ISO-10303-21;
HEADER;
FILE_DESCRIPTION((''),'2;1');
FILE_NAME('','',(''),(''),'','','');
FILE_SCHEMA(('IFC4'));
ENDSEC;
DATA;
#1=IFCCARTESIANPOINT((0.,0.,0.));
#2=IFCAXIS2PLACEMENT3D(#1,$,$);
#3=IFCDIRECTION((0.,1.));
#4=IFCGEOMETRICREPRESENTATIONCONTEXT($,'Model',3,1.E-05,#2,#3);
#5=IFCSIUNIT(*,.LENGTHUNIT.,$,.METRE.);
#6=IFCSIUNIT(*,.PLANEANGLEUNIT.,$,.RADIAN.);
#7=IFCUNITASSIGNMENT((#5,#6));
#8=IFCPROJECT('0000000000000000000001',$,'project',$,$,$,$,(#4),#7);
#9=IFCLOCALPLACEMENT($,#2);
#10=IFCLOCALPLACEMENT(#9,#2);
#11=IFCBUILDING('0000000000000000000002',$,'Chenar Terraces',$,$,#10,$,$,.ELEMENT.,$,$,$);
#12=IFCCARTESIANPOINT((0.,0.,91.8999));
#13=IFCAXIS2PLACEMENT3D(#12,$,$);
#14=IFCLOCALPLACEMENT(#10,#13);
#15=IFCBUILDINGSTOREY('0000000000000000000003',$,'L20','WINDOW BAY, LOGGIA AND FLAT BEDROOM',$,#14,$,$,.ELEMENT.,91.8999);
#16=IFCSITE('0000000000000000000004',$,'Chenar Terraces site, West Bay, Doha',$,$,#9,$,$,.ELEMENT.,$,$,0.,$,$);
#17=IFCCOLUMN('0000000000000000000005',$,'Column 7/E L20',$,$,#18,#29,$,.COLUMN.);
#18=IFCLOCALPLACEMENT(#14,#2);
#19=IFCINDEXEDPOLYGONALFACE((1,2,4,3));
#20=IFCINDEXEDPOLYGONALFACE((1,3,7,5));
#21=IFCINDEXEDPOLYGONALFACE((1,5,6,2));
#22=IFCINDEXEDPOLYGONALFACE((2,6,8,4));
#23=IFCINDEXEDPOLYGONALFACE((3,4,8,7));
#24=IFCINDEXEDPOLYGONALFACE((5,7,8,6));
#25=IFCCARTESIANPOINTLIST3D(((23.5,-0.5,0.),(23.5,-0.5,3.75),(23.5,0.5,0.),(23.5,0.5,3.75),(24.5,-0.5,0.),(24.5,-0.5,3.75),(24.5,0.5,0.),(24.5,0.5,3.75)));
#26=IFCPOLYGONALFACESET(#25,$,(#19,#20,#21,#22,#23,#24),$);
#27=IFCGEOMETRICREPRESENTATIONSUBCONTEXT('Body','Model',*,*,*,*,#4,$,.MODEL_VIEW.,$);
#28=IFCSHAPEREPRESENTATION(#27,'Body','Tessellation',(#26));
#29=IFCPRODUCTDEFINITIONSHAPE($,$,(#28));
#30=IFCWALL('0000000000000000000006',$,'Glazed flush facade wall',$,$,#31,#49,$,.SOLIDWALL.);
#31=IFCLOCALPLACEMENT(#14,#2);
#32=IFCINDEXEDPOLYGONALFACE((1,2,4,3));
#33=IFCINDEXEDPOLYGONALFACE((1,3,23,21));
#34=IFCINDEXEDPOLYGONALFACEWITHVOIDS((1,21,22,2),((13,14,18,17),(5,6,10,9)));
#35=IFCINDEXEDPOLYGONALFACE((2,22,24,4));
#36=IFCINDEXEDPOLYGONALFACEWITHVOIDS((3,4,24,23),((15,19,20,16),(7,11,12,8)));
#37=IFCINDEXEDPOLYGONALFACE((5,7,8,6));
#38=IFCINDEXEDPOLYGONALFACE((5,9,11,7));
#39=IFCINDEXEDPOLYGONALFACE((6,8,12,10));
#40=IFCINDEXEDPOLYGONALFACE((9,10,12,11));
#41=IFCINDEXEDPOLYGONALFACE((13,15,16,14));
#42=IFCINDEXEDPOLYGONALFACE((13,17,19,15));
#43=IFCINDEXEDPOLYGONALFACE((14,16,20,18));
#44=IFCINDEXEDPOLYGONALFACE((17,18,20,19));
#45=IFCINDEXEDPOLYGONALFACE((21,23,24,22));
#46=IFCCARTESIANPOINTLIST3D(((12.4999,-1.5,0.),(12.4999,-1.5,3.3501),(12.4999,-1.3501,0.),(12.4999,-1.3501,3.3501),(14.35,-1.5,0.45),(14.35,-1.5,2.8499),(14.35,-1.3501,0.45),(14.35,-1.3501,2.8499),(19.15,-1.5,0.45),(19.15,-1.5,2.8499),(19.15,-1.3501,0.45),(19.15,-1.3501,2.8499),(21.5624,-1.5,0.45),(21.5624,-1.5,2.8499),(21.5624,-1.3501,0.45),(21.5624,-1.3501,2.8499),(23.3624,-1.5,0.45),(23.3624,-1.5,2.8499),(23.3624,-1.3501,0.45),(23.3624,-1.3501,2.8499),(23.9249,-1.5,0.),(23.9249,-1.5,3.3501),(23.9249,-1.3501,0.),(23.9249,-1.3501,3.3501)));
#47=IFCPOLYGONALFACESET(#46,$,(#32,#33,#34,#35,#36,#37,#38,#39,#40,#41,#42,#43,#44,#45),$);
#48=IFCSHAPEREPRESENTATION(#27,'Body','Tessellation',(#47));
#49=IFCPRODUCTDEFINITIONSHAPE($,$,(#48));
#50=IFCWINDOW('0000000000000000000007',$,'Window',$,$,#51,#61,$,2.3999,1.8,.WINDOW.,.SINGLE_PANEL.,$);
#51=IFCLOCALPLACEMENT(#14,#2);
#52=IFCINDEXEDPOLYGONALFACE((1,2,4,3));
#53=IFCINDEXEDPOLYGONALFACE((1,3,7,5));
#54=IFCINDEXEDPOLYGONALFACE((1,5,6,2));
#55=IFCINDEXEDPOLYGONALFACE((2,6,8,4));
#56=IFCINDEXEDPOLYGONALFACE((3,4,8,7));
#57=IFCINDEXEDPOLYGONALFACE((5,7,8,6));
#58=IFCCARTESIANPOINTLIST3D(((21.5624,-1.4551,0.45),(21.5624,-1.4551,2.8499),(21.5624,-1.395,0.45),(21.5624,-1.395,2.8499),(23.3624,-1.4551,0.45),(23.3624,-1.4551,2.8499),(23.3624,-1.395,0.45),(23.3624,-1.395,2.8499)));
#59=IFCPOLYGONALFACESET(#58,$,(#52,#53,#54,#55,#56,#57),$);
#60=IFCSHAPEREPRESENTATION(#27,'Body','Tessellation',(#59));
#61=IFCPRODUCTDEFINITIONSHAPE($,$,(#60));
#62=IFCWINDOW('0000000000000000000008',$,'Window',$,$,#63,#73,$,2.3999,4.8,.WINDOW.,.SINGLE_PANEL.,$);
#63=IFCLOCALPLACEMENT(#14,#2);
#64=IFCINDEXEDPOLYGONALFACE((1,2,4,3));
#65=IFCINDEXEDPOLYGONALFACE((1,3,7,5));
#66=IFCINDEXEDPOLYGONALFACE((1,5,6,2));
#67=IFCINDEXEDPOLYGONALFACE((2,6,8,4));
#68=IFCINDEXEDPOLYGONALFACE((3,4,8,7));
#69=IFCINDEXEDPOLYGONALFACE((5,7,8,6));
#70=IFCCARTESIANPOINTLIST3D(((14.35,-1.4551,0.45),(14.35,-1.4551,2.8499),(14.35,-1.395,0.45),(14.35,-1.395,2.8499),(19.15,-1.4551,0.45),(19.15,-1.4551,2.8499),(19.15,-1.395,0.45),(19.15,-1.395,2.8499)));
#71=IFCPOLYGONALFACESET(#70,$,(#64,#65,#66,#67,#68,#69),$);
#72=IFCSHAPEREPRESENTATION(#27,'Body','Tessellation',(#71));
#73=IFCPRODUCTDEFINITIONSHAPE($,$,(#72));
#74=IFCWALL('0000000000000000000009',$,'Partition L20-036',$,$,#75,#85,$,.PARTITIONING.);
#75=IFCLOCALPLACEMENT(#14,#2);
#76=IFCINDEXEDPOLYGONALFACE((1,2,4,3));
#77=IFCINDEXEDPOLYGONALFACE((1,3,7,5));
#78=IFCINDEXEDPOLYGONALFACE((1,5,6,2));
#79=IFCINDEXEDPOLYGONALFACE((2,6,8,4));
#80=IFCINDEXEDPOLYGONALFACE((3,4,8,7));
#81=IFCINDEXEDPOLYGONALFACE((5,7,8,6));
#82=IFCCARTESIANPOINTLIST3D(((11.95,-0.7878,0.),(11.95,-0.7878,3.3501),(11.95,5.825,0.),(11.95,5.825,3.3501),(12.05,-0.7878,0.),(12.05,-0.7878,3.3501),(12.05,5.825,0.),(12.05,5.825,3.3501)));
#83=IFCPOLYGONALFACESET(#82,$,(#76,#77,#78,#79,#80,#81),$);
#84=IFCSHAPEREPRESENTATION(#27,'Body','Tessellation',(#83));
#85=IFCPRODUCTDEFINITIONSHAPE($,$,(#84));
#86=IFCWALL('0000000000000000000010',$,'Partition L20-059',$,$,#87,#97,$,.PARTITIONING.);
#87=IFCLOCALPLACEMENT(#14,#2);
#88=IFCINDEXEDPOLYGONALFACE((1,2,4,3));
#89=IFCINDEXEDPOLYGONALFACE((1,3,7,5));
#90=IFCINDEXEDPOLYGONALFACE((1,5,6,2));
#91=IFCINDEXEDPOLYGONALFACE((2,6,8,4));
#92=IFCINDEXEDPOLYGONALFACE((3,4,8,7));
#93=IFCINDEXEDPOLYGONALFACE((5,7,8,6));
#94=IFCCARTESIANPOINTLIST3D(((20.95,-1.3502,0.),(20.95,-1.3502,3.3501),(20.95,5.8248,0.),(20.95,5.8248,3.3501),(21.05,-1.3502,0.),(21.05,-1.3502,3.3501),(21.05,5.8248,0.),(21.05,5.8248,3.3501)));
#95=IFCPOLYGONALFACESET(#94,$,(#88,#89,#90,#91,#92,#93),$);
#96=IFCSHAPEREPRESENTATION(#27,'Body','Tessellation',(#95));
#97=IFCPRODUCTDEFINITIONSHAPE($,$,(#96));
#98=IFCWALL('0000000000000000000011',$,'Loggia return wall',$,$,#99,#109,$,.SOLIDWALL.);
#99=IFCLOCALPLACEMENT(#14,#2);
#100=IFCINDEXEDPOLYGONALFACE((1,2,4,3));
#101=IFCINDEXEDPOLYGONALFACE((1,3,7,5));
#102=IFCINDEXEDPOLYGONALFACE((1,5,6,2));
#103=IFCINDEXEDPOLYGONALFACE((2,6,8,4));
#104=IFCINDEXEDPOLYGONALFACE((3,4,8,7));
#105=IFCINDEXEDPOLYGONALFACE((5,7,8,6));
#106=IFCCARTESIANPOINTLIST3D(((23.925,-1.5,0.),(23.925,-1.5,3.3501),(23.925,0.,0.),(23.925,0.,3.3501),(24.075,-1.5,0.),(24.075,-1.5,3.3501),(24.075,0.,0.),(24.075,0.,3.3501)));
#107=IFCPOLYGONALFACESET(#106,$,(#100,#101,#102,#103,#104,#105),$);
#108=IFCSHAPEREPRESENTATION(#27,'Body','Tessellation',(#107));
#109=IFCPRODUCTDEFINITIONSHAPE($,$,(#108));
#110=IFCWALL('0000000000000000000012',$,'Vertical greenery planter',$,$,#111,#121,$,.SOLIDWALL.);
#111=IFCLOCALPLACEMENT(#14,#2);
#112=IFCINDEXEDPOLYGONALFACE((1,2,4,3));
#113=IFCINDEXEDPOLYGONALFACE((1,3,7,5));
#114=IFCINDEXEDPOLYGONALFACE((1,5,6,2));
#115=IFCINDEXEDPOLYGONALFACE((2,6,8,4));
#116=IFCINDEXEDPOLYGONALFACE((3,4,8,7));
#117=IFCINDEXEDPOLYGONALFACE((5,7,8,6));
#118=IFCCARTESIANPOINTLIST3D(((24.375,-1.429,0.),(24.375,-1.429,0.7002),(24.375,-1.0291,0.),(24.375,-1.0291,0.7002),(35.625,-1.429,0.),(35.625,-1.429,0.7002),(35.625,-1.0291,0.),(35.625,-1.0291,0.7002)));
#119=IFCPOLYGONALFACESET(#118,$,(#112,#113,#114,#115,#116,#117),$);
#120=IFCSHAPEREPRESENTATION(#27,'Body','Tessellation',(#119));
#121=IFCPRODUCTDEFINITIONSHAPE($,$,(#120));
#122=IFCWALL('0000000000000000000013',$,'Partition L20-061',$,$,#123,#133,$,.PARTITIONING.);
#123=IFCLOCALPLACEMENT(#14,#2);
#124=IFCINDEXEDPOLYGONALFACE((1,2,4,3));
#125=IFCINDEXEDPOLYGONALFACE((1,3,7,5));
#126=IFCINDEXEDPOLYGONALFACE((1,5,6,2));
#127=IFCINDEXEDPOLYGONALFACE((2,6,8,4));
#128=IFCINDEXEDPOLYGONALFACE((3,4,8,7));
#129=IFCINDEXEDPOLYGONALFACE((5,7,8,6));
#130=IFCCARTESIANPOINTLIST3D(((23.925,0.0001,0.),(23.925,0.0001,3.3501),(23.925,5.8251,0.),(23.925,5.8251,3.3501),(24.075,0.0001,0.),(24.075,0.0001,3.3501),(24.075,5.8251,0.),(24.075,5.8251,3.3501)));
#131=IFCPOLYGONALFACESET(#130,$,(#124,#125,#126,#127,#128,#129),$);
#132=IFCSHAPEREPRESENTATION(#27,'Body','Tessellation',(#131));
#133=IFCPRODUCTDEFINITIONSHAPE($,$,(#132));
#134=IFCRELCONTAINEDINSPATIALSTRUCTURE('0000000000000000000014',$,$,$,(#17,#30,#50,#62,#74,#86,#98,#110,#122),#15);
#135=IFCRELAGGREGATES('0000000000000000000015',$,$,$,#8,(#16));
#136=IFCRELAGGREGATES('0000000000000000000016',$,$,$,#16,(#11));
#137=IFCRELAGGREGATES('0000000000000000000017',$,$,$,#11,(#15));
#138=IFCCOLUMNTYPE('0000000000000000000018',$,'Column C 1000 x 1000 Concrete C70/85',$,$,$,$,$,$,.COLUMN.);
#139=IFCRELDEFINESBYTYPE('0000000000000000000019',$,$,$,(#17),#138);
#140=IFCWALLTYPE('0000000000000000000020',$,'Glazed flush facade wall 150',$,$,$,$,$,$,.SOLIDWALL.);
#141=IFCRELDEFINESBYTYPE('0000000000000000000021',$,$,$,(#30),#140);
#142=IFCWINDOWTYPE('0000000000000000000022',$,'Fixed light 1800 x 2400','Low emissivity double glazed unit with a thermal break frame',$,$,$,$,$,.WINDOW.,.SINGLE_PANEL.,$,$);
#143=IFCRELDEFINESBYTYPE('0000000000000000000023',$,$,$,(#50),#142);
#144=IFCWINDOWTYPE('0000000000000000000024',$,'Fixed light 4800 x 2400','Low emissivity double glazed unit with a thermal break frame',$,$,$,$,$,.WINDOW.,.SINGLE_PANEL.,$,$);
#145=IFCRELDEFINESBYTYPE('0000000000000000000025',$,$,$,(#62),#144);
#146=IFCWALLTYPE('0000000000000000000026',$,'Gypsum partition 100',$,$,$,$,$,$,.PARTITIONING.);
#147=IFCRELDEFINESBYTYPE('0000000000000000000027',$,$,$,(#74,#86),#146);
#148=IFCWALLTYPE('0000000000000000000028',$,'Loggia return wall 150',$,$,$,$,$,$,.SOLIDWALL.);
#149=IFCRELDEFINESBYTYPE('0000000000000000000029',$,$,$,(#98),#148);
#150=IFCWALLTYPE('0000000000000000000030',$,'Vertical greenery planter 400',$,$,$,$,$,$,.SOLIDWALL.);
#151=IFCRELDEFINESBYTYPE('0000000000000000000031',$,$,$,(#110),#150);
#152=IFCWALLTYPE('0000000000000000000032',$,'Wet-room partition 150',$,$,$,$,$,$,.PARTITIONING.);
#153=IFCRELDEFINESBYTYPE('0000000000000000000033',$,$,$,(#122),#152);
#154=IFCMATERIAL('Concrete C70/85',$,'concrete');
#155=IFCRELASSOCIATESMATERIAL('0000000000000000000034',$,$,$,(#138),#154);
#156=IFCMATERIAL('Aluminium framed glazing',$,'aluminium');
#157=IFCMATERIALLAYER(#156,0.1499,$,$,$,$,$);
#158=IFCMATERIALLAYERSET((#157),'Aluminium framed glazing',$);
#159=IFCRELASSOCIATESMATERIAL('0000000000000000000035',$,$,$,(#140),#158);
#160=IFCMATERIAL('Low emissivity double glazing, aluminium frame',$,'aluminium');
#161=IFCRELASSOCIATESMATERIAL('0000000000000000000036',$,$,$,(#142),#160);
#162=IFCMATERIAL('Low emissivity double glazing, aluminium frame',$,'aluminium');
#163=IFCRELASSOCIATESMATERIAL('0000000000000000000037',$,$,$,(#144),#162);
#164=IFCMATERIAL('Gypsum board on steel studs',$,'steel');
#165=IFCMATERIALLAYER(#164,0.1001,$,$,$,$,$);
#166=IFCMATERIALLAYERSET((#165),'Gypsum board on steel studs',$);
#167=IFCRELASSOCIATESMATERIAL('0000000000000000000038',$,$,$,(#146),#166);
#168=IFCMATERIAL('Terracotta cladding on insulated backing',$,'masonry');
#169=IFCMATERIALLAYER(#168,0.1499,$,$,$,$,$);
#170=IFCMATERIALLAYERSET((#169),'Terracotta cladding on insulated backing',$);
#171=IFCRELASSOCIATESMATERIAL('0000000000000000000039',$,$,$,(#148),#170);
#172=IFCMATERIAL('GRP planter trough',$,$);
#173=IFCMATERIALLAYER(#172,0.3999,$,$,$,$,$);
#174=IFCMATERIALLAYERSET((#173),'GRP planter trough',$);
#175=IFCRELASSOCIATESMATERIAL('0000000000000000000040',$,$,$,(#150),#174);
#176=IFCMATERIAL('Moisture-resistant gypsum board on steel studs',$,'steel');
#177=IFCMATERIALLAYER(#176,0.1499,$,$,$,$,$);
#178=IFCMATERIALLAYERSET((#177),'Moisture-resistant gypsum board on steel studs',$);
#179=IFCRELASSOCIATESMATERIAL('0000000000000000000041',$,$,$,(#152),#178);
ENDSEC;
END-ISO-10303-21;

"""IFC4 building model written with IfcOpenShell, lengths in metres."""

from ifc_helpers import new_model, si_unit, direction, frame, frame_2d, origin, origin_2d, place, context, subcontext, project, spatial, rectangle, extrude, material, layer, layer_set, material_profile, profile_set, type_object, element, fill, save


model = new_model("IFC4")

# Units and contexts
model_context = context("Model", 3, precision=1e-05, world=origin(), true_north=direction((0.0, 1.0)))
body_context = subcontext(model_context, "Body", "Model", "MODEL_VIEW")
ifc_project = project(units=[si_unit("LENGTHUNIT", "METRE"), si_unit("PLANEANGLEUNIT", "RADIAN")], contexts=[model_context])

# Site, building, storey
site_placement = place(None, origin())
site = spatial("IfcSite", under=ifc_project, at=site_placement, Name="Chenar Terraces site, West Bay, Doha", CompositionType="ELEMENT", RefElevation=0.0)
building_placement = place(site_placement, origin())
building = spatial("IfcBuilding", under=site, at=building_placement, Name="Chenar Terraces", CompositionType="ELEMENT")
storey_placement = place(building_placement, frame((0.0, 0.0, 91.8999)))
storey = spatial("IfcBuildingStorey", under=building, at=storey_placement, Name="L20", Description="WINDOW BAY, LOGGIA AND FLAT BEDROOM", CompositionType="ELEMENT", Elevation=91.8999)

# Column
ifc_material_1 = material(Name="Concrete C70/85", Category="concrete")
ifc_material_profile_1 = material_profile(ifc_material_1, rectangle(XDim=1.0, YDim=1.0, at=origin_2d()), Name="C 1000 x 1000")
ifc_profile_set_1 = profile_set([ifc_material_profile_1], Name="Concrete C70/85")
column_type = type_object("IfcColumnType", Name="Column C 1000 x 1000 Concrete C70/85", PredefinedType="COLUMN", material=ifc_profile_set_1)
column_placement = place(storey_placement, frame((24.0, 0.0, 0.0), z_axis=(0.0, 0.0, 1.0), x_axis=(1.0, 0.0, 0.0)))
element("IfcColumn", 1, at=column_placement, inside=storey, type_object=column_type, Name="Column 7/E L20", PredefinedType="COLUMN", context=body_context, shape_type="SweptSolid", body=[
    extrude(rectangle(XDim=1.0, YDim=1.0, at=origin_2d()), origin(), (0.0, 0.0, 1.0), 3.75),
])

# Wall, openings, windows
ifc_material_2 = material(Name="Aluminium framed glazing", Category="aluminium")
ifc_layer_1 = layer(ifc_material_2, 0.1499)
ifc_layer_set_1 = layer_set([ifc_layer_1], Name="Aluminium framed glazing")
wall_type_1 = type_object("IfcWallType", Name="Glazed flush facade wall 150", PredefinedType="SOLIDWALL", material=ifc_layer_set_1)
wall_1_placement = place(storey_placement, frame((12.5, -1.425, 0.0), z_axis=(0.0, 0.0, 1.0), x_axis=(1.0, 0.0, 0.0)))
wall_1 = element("IfcWall", 2, at=wall_1_placement, inside=storey, type_object=wall_type_1, Name="Glazed flush facade wall", PredefinedType="SOLIDWALL", context=body_context, shape_type="SweptSolid", body=[
    extrude(rectangle(XDim=11.425, YDim=0.1499, at=frame_2d((5.7124, 0.0))), origin(), (0.0, 0.0, 1.0), 3.3501),
])
opening_1_placement = place(wall_1_placement, frame((1.8501, 0.0, 0.45)))
opening_1 = element("IfcOpeningElement", 3, at=opening_1_placement, cuts=wall_1, PredefinedType="OPENING", context=body_context, shape_type="SweptSolid", body=[
    extrude(rectangle(XDim=4.8, YDim=2.3999, at=frame_2d((2.3999, 1.2))), frame((0.0, 0.085, 0.0), z_axis=(0.0, -1.0, 0.0), x_axis=(1.0, 0.0, 0.0)), (0.0, 0.0, 1.0), 0.1699),
])
opening_2_placement = place(wall_1_placement, frame((9.0625, 0.0, 0.45)))
opening_2 = element("IfcOpeningElement", 4, at=opening_2_placement, cuts=wall_1, PredefinedType="OPENING", context=body_context, shape_type="SweptSolid", body=[
    extrude(rectangle(XDim=1.8, YDim=2.3999, at=frame_2d((0.8999, 1.2))), frame((0.0, 0.085, 0.0), z_axis=(0.0, -1.0, 0.0), x_axis=(1.0, 0.0, 0.0)), (0.0, 0.0, 1.0), 0.1699),
])
ifc_material_3 = material(Name="Low emissivity double glazing, aluminium frame", Category="aluminium")
window_type_1 = type_object("IfcWindowType", Name="Fixed light 1800 x 2400", Description="Low emissivity double glazed unit with a thermal break frame", PartitioningType="SINGLE_PANEL", PredefinedType="WINDOW", material=ifc_material_3)
window_1_placement = place(opening_2_placement, origin())
window_1 = element("IfcWindow", 5, at=window_1_placement, inside=storey, type_object=window_type_1, Name="Window", OverallHeight=2.3999, OverallWidth=1.8, PartitioningType="SINGLE_PANEL", PredefinedType="WINDOW", context=body_context, shape_type="SweptSolid", body=[
    extrude(rectangle(XDim=1.8, YDim=2.3999, at=frame_2d((0.8999, 1.2))), frame((0.0, 0.03, 0.0), z_axis=(0.0, -1.0, 0.0), x_axis=(1.0, 0.0, 0.0)), (0.0, 0.0, 1.0), 0.0601),
])
fill(opening_2, window_1)
ifc_material_4 = material(Name="Low emissivity double glazing, aluminium frame", Category="aluminium")
window_type_2 = type_object("IfcWindowType", Name="Fixed light 4800 x 2400", Description="Low emissivity double glazed unit with a thermal break frame", PartitioningType="SINGLE_PANEL", PredefinedType="WINDOW", material=ifc_material_4)
window_2_placement = place(opening_1_placement, origin())
window_2 = element("IfcWindow", 6, at=window_2_placement, inside=storey, type_object=window_type_2, Name="Window", OverallHeight=2.3999, OverallWidth=4.8, PartitioningType="SINGLE_PANEL", PredefinedType="WINDOW", context=body_context, shape_type="SweptSolid", body=[
    extrude(rectangle(XDim=4.8, YDim=2.3999, at=frame_2d((2.3999, 1.2))), frame((0.0, 0.03, 0.0), z_axis=(0.0, -1.0, 0.0), x_axis=(1.0, 0.0, 0.0)), (0.0, 0.0, 1.0), 0.0601),
])
fill(opening_1, window_2)

# Walls
ifc_material_5 = material(Name="Gypsum board on steel studs", Category="steel")
ifc_layer_2 = layer(ifc_material_5, 0.1001)
ifc_layer_set_2 = layer_set([ifc_layer_2], Name="Gypsum board on steel studs")
wall_type_2 = type_object("IfcWallType", Name="Gypsum partition 100", PredefinedType="PARTITIONING", material=ifc_layer_set_2)
wall_2_placement = place(storey_placement, frame((12.0, -0.7878, 0.0), z_axis=(0.0, 0.0, 1.0), x_axis=(0.0, 1.0, 0.0)))
element("IfcWall", 7, at=wall_2_placement, inside=storey, type_object=wall_type_2, Name="Partition L20-036", PredefinedType="PARTITIONING", context=body_context, shape_type="SweptSolid", body=[
    extrude(rectangle(XDim=6.6128, YDim=0.1001, at=frame_2d((3.3064, 0.0))), origin(), (0.0, 0.0, 1.0), 3.3501),
])
wall_3_placement = place(storey_placement, frame((21.0, -1.3501, 0.0), z_axis=(0.0, 0.0, 1.0), x_axis=(0.0, 1.0, 0.0)))
element("IfcWall", 8, at=wall_3_placement, inside=storey, type_object=wall_type_2, Name="Partition L20-059", PredefinedType="PARTITIONING", context=body_context, shape_type="SweptSolid", body=[
    extrude(rectangle(XDim=7.175, YDim=0.1001, at=frame_2d((3.5874, 0.0))), origin(), (0.0, 0.0, 1.0), 3.3501),
])
ifc_material_6 = material(Name="Terracotta cladding on insulated backing", Category="masonry")
ifc_layer_3 = layer(ifc_material_6, 0.1499)
ifc_layer_set_3 = layer_set([ifc_layer_3], Name="Terracotta cladding on insulated backing")
wall_type_3 = type_object("IfcWallType", Name="Loggia return wall 150", PredefinedType="SOLIDWALL", material=ifc_layer_set_3)
wall_4_placement = place(storey_placement, frame((24.0, -1.5, 0.0), z_axis=(0.0, 0.0, 1.0), x_axis=(0.0, 1.0, 0.0)))
element("IfcWall", 9, at=wall_4_placement, inside=storey, type_object=wall_type_3, Name="Loggia return wall", PredefinedType="SOLIDWALL", context=body_context, shape_type="SweptSolid", body=[
    extrude(rectangle(XDim=1.5, YDim=0.1499, at=frame_2d((0.75, 0.0))), origin(), (0.0, 0.0, 1.0), 3.3501),
])
ifc_material_7 = material(Name="GRP planter trough")
ifc_layer_4 = layer(ifc_material_7, 0.3999)
ifc_layer_set_4 = layer_set([ifc_layer_4], Name="GRP planter trough")
wall_type_4 = type_object("IfcWallType", Name="Vertical greenery planter 400", PredefinedType="SOLIDWALL", material=ifc_layer_set_4)
wall_5_placement = place(storey_placement, frame((24.375, -1.229, 0.0), z_axis=(0.0, 0.0, 1.0), x_axis=(1.0, 0.0, 0.0)))
element("IfcWall", 10, at=wall_5_placement, inside=storey, type_object=wall_type_4, Name="Vertical greenery planter", PredefinedType="SOLIDWALL", context=body_context, shape_type="SweptSolid", body=[
    extrude(rectangle(XDim=11.25, YDim=0.3999, at=frame_2d((5.625, 0.0))), origin(), (0.0, 0.0, 1.0), 0.7002),
])
ifc_material_8 = material(Name="Moisture-resistant gypsum board on steel studs", Category="steel")
ifc_layer_5 = layer(ifc_material_8, 0.1499)
ifc_layer_set_5 = layer_set([ifc_layer_5], Name="Moisture-resistant gypsum board on steel studs")
wall_type_5 = type_object("IfcWallType", Name="Wet-room partition 150", PredefinedType="PARTITIONING", material=ifc_layer_set_5)
wall_6_placement = place(storey_placement, frame((24.0, 0.0, 0.0), z_axis=(0.0, 0.0, 1.0), x_axis=(0.0, 1.0, 0.0)))
element("IfcWall", 11, at=wall_6_placement, inside=storey, type_object=wall_type_5, Name="Partition L20-061", PredefinedType="PARTITIONING", context=body_context, shape_type="SweptSolid", body=[
    extrude(rectangle(XDim=5.825, YDim=0.1499, at=frame_2d((2.9126, 0.0))), origin(), (0.0, 0.0, 1.0), 3.3501),
])

save(model, "model.ifc")
